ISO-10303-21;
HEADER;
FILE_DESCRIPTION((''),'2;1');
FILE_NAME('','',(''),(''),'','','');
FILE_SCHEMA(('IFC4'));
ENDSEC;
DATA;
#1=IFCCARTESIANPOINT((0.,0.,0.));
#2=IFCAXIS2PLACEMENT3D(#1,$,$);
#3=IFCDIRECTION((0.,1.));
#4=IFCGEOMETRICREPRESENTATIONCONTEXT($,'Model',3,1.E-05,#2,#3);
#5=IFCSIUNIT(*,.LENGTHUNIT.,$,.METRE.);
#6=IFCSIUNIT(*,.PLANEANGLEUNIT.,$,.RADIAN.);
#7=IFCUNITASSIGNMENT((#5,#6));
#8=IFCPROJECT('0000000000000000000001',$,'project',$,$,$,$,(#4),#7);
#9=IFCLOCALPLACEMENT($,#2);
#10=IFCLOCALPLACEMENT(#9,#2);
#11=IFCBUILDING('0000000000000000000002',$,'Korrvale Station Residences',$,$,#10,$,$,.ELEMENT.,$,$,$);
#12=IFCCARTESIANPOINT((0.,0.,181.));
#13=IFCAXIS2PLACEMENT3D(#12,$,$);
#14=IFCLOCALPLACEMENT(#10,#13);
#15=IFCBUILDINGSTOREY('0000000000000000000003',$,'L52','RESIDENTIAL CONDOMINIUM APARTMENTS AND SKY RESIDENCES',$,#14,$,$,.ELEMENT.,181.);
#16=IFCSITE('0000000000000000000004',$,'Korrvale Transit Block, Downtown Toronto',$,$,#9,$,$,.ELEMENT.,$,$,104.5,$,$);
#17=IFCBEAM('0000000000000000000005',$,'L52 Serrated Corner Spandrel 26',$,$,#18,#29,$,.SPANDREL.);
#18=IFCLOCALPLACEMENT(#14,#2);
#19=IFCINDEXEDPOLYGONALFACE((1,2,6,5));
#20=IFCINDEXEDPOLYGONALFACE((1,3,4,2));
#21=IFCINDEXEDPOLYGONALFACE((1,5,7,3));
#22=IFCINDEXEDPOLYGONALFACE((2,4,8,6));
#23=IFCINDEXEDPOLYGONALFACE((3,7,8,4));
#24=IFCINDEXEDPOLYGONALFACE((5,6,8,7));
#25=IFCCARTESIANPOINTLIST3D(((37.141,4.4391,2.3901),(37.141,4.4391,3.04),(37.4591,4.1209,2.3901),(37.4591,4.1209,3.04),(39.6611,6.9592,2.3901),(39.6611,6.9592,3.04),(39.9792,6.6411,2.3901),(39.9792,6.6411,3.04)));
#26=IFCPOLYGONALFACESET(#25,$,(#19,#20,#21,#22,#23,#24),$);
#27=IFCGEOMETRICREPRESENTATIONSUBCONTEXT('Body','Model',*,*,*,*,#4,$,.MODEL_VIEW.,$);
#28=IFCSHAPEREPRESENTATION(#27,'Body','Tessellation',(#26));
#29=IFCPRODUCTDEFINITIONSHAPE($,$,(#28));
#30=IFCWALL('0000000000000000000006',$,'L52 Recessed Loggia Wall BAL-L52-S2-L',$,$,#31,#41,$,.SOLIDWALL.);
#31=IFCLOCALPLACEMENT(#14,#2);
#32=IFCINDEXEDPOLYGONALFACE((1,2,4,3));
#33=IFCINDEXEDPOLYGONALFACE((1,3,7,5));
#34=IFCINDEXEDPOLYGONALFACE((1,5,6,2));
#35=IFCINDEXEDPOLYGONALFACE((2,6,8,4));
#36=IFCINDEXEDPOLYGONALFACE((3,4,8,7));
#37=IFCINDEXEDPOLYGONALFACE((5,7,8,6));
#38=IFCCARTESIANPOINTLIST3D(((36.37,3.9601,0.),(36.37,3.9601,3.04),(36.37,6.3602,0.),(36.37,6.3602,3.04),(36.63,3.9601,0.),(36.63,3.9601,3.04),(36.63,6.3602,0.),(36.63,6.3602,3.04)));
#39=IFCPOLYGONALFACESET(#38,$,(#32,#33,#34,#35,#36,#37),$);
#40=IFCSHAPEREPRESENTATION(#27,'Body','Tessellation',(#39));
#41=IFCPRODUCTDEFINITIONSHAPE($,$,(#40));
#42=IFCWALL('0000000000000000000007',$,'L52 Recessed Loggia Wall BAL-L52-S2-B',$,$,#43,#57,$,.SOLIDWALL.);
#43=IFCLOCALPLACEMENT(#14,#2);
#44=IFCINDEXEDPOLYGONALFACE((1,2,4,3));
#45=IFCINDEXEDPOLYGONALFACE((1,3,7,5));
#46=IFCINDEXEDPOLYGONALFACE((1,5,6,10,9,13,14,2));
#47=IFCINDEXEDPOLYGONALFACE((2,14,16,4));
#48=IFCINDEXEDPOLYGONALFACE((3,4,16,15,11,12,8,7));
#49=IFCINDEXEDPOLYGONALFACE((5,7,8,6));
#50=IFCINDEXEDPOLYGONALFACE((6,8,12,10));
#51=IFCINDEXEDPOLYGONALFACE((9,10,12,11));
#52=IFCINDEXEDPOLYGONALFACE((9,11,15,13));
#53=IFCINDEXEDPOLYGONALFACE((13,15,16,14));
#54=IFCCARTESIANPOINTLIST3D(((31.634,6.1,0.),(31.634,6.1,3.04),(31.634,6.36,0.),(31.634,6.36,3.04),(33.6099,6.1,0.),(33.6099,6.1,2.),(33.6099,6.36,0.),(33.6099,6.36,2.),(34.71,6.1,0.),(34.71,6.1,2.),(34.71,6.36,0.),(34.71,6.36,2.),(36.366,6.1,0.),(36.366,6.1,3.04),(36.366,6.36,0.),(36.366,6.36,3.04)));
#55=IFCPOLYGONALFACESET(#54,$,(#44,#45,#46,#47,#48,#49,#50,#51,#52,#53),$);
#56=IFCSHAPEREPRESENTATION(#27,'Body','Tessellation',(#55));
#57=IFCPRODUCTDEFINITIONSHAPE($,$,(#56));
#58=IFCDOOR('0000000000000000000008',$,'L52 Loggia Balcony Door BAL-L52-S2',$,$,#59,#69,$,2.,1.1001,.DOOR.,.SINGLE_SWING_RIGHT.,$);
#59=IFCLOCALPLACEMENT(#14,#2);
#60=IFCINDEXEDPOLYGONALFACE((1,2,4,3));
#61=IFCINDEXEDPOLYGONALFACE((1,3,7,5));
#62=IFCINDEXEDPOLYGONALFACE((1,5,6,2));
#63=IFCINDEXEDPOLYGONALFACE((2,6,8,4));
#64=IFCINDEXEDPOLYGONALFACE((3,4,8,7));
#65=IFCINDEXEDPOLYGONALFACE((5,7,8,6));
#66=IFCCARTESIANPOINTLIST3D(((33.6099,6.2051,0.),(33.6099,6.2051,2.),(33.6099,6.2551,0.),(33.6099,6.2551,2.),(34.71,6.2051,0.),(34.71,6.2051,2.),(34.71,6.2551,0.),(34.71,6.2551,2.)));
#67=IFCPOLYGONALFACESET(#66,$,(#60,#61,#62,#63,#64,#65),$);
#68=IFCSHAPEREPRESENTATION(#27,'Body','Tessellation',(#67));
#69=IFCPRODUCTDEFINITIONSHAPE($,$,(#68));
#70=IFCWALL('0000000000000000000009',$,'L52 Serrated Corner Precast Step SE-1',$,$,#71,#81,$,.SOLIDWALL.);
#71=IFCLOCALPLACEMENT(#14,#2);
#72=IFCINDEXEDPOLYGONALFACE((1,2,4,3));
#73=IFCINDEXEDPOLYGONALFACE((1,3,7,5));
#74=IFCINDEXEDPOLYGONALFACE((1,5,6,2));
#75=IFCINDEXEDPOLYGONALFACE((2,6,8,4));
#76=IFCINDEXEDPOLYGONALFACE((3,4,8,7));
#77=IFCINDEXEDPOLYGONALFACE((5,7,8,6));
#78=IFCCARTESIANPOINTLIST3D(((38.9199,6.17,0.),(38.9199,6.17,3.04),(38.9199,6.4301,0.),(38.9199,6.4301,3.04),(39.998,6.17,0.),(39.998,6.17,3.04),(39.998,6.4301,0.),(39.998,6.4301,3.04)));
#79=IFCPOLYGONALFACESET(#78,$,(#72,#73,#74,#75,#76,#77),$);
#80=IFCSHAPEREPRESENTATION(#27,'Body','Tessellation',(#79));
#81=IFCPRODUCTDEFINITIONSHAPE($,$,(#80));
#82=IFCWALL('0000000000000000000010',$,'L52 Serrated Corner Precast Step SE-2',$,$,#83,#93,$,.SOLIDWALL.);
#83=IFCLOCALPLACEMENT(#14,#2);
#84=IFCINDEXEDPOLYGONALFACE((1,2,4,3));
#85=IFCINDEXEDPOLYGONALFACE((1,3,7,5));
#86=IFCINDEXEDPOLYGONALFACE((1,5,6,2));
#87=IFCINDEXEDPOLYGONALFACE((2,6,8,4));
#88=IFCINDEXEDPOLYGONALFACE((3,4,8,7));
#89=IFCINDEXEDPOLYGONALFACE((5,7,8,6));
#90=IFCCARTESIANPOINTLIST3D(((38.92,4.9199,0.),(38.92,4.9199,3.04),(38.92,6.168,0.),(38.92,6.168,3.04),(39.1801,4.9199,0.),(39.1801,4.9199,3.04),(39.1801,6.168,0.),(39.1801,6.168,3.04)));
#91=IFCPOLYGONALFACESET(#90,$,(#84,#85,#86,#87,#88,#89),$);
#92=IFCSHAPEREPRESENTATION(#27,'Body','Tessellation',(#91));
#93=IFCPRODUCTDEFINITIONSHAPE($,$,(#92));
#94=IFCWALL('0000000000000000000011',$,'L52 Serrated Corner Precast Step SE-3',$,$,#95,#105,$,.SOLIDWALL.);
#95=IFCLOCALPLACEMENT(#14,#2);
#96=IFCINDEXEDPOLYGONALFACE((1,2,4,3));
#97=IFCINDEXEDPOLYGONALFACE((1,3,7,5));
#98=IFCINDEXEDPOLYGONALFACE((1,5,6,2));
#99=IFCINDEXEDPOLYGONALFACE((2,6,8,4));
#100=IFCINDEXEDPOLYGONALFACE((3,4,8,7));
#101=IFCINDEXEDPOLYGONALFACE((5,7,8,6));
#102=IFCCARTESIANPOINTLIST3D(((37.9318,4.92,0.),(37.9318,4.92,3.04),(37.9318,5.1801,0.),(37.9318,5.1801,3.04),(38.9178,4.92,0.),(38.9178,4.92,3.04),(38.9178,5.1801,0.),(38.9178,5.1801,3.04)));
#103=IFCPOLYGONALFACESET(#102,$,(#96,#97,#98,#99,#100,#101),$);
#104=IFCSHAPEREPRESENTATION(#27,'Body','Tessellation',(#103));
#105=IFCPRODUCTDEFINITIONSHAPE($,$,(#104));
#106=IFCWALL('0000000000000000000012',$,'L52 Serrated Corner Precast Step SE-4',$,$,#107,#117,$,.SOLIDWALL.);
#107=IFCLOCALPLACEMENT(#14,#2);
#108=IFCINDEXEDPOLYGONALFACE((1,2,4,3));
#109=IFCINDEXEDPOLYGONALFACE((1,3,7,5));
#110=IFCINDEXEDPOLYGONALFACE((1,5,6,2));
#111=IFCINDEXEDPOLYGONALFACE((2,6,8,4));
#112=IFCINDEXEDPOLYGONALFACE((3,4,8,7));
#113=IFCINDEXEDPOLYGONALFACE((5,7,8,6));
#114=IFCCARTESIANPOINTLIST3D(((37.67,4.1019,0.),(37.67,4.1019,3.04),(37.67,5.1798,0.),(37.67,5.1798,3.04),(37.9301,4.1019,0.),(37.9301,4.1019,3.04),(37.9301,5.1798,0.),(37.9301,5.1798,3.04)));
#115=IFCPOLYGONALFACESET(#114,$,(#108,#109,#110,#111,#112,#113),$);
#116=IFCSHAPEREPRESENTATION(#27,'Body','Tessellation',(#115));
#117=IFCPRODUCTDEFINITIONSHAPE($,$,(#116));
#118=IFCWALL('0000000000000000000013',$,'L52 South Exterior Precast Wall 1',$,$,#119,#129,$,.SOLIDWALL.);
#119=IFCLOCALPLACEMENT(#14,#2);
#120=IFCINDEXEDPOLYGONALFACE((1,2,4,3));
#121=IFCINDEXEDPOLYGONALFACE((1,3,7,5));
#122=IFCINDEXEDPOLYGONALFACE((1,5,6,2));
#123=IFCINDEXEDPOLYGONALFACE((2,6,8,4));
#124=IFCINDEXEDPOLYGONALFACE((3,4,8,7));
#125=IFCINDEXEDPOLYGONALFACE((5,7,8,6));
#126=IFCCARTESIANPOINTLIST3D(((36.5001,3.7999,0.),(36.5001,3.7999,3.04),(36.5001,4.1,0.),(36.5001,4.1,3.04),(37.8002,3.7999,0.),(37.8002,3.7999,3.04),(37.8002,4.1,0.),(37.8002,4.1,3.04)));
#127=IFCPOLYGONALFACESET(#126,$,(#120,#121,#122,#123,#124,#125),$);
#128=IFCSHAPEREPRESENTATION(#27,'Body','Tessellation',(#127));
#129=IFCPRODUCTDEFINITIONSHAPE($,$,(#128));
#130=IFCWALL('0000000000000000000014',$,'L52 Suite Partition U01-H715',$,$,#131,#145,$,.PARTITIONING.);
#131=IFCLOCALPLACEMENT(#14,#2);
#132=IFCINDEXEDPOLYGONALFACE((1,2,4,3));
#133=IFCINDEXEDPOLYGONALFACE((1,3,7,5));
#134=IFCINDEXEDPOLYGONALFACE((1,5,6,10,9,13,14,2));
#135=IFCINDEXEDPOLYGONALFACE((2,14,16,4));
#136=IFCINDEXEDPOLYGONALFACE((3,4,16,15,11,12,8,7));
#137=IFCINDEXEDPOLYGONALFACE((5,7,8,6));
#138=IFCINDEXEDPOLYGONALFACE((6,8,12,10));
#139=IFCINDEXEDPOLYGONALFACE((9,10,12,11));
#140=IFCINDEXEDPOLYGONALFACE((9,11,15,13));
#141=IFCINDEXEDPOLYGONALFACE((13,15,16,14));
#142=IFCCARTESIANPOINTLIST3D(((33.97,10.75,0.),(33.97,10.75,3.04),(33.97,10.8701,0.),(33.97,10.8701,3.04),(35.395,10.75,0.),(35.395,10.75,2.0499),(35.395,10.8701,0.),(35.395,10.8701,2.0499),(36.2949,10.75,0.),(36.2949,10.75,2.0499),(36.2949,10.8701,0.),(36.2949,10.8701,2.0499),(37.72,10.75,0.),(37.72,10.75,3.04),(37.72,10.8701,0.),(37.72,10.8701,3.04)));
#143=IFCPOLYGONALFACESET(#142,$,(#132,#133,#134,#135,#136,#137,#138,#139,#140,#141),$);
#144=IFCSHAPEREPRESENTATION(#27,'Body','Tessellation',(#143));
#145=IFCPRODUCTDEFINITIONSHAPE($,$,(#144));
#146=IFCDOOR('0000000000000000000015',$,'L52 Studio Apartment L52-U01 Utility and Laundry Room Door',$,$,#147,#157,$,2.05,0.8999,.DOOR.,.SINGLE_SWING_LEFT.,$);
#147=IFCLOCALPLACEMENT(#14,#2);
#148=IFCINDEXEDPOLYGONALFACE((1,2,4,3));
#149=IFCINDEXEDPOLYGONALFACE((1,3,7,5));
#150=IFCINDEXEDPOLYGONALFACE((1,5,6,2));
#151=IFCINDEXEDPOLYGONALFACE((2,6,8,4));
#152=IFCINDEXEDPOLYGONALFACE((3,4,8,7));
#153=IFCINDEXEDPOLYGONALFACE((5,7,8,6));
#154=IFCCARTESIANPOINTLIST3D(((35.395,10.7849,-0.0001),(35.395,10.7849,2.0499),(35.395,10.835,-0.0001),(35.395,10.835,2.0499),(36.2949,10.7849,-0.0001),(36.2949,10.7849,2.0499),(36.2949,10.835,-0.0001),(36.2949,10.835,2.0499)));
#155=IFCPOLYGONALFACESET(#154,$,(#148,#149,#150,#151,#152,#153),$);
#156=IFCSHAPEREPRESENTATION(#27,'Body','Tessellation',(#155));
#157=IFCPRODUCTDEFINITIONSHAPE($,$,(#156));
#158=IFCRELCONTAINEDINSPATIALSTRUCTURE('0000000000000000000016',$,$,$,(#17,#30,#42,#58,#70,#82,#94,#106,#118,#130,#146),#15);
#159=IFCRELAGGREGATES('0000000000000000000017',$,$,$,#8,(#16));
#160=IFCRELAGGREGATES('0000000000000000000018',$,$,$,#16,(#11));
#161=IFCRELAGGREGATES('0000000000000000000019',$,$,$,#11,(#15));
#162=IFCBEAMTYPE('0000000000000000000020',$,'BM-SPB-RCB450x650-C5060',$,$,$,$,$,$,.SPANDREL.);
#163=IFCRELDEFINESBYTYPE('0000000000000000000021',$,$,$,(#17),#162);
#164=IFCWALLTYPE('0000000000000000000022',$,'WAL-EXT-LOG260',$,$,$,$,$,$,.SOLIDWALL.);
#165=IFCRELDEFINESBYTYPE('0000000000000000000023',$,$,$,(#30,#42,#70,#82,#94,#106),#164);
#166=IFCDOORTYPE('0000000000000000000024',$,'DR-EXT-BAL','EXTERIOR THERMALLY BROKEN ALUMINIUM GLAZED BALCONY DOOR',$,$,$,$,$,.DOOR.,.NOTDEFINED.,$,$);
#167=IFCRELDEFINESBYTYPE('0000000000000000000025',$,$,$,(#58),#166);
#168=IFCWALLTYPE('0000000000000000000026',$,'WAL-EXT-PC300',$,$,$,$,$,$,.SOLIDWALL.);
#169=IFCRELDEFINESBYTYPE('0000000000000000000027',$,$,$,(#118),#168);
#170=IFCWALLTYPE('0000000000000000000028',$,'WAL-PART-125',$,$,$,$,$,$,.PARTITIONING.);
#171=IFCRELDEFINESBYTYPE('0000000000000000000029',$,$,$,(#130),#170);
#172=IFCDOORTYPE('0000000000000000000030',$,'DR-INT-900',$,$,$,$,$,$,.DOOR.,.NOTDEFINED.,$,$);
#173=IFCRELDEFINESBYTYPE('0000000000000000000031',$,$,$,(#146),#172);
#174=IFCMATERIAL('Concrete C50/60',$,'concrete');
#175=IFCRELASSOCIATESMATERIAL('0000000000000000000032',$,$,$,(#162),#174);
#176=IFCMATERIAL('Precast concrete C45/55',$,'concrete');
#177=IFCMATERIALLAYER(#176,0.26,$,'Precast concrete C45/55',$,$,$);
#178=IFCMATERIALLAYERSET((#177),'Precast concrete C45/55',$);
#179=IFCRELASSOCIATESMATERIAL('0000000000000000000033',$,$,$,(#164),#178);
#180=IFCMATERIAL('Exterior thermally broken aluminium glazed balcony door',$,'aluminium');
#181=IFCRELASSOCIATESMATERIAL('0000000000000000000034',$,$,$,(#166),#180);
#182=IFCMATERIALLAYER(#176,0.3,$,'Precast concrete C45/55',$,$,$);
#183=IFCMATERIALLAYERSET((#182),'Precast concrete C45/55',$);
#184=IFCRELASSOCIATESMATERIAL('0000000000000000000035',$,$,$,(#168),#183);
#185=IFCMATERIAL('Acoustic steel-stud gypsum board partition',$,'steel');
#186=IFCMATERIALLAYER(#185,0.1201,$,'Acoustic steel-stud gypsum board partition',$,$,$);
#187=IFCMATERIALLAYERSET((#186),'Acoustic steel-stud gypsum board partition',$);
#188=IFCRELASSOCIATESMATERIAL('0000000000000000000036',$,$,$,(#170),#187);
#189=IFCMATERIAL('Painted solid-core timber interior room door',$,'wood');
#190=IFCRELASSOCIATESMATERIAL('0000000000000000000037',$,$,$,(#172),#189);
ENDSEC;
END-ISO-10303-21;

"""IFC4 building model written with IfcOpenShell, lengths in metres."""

from ifc_helpers import new_model, si_unit, direction, frame, frame_2d, origin, origin_2d, place, context, subcontext, project, spatial, rectangle, extrude, material, layer, layer_set, material_profile, profile_set, type_object, element, fill, save


model = new_model("IFC4")

# Units and contexts
model_context = context("Model", 3, precision=1e-05, world=origin(), true_north=direction((0.0, 1.0)))
body_context = subcontext(model_context, "Body", "Model", "MODEL_VIEW")
ifc_project = project(units=[si_unit("LENGTHUNIT", "METRE"), si_unit("PLANEANGLEUNIT", "RADIAN")], contexts=[model_context])

# Site, building, storey
site_placement = place(None, origin())
site = spatial("IfcSite", under=ifc_project, at=site_placement, Name="Korrvale Transit Block, Downtown Toronto", CompositionType="ELEMENT", RefElevation=104.5)
building_placement = place(site_placement, origin())
building = spatial("IfcBuilding", under=site, at=building_placement, Name="Korrvale Station Residences", CompositionType="ELEMENT")
storey_placement = place(building_placement, frame((0.0, 0.0, 181.0)))
storey = spatial("IfcBuildingStorey", under=building, at=storey_placement, Name="L52", Description="RESIDENTIAL CONDOMINIUM APARTMENTS AND SKY RESIDENCES", CompositionType="ELEMENT", Elevation=181.0)

# Shared definitions
ifc_material_1 = material(Name="Concrete C50/60", Category="concrete")

# Beam
ifc_material_profile_1 = material_profile(ifc_material_1, rectangle(XDim=0.45, YDim=0.6499, at=origin_2d()), Name="RCB450x650")
ifc_profile_set_1 = profile_set([ifc_material_profile_1], Name="Concrete C50/60")
beam_type_1 = type_object("IfcBeamType", Name="BM-SPB-RCB450x650-C5060", PredefinedType="SPANDREL", material=ifc_profile_set_1)
beam_1_placement = place(storey_placement, frame((37.3, 4.28, 2.7151), z_axis=(0.707107, 0.707107, 0.0), x_axis=(-0.707107, 0.707107, 0.0)))
element("IfcBeam", 1, at=beam_1_placement, inside=storey, type_object=beam_type_1, Name="L52 Serrated Corner Spandrel 26", PredefinedType="SPANDREL", context=body_context, shape_type="SweptSolid", body=[
    extrude(rectangle(XDim=0.45, YDim=0.6499, at=origin_2d()), origin(), (0.0, 0.0, 1.0), 3.564),
])

# Wall
ifc_material_2 = material(Name="Precast concrete C45/55", Category="concrete")
ifc_layer_1 = layer(ifc_material_2, 0.26, Name="Precast concrete C45/55")
ifc_layer_set_1 = layer_set([ifc_layer_1], Name="Precast concrete C45/55")
wall_type_1 = type_object("IfcWallType", Name="WAL-EXT-LOG260", PredefinedType="SOLIDWALL", material=ifc_layer_set_1)
wall_1_placement = place(storey_placement, frame((36.5, 3.96, 0.0), z_axis=(0.0, 0.0, 1.0), x_axis=(0.0, 1.0, 0.0)))
element("IfcWall", 2, at=wall_1_placement, inside=storey, type_object=wall_type_1, Name="L52 Recessed Loggia Wall BAL-L52-S2-L", PredefinedType="SOLIDWALL", context=body_context, shape_type="SweptSolid", body=[
    extrude(rectangle(XDim=2.4001, YDim=0.26, at=frame_2d((1.2002, 0.0))), origin(), (0.0, 0.0, 1.0), 3.04),
])

# Wall, opening, door
wall_2_placement = place(storey_placement, frame((36.366, 6.23, 0.0), z_axis=(0.0, 0.0, 1.0), x_axis=(-1.0, 0.0, 0.0)))
wall_2 = element("IfcWall", 3, at=wall_2_placement, inside=storey, type_object=wall_type_1, Name="L52 Recessed Loggia Wall BAL-L52-S2-B", PredefinedType="SOLIDWALL", context=body_context, shape_type="SweptSolid", body=[
    extrude(rectangle(XDim=4.7319, YDim=0.26, at=frame_2d((2.366, 0.0))), origin(), (0.0, 0.0, 1.0), 3.04),
])
opening_1_placement = place(wall_2_placement, frame((1.656, 0.0, 0.0)))
opening_1 = element("IfcOpeningElement", 4, at=opening_1_placement, cuts=wall_2, PredefinedType="OPENING", context=body_context, shape_type="SweptSolid", body=[
    extrude(rectangle(XDim=1.1001, YDim=2.0, at=frame_2d((0.55, 1.0))), frame((0.0, 0.1401, 0.0), z_axis=(0.0, -1.0, 0.0), x_axis=(1.0, 0.0, 0.0)), (0.0, 0.0, 1.0), 0.28),
])
ifc_material_3 = material(Name="Exterior thermally broken aluminium glazed balcony door", Category="aluminium")
door_type_1 = type_object("IfcDoorType", Name="DR-EXT-BAL", Description="EXTERIOR THERMALLY BROKEN ALUMINIUM GLAZED BALCONY DOOR", OperationType="NOTDEFINED", PredefinedType="DOOR", material=ifc_material_3)
door_1_placement = place(opening_1_placement, origin())
door_1 = element("IfcDoor", 5, at=door_1_placement, inside=storey, type_object=door_type_1, Name="L52 Loggia Balcony Door BAL-L52-S2", OperationType="SINGLE_SWING_RIGHT", OverallHeight=2.0, OverallWidth=1.1001, PredefinedType="DOOR", context=body_context, shape_type="SweptSolid", body=[
    extrude(rectangle(XDim=1.1001, YDim=2.0, at=frame_2d((0.55, 1.0))), frame((0.0, 0.0249, 0.0), z_axis=(0.0, -1.0, 0.0), x_axis=(1.0, 0.0, 0.0)), (0.0, 0.0, 1.0), 0.05),
])
fill(opening_1, door_1)

# Walls
wall_3_placement = place(storey_placement, frame((39.998, 6.3, 0.0), z_axis=(0.0, 0.0, 1.0), x_axis=(-1.0, 0.0, 0.0)))
element("IfcWall", 6, at=wall_3_placement, inside=storey, type_object=wall_type_1, Name="L52 Serrated Corner Precast Step SE-1", PredefinedType="SOLIDWALL", context=body_context, shape_type="SweptSolid", body=[
    extrude(rectangle(XDim=1.0781, YDim=0.26, at=frame_2d((0.5391, 0.0))), origin(), (0.0, 0.0, 1.0), 3.04),
])
wall_4_placement = place(storey_placement, frame((39.05, 6.168, 0.0), z_axis=(0.0, 0.0, 1.0), x_axis=(0.0, -1.0, 0.0)))
element("IfcWall", 7, at=wall_4_placement, inside=storey, type_object=wall_type_1, Name="L52 Serrated Corner Precast Step SE-2", PredefinedType="SOLIDWALL", context=body_context, shape_type="SweptSolid", body=[
    extrude(rectangle(XDim=1.248, YDim=0.26, at=frame_2d((0.624, 0.0))), origin(), (0.0, 0.0, 1.0), 3.04),
])
wall_5_placement = place(storey_placement, frame((38.918, 5.05, 0.0), z_axis=(0.0, 0.0, 1.0), x_axis=(-1.0, 0.0, 0.0)))
element("IfcWall", 8, at=wall_5_placement, inside=storey, type_object=wall_type_1, Name="L52 Serrated Corner Precast Step SE-3", PredefinedType="SOLIDWALL", context=body_context, shape_type="SweptSolid", body=[
    extrude(rectangle(XDim=0.9861, YDim=0.26, at=frame_2d((0.4932, 0.0))), origin(), (0.0, 0.0, 1.0), 3.04),
])
wall_6_placement = place(storey_placement, frame((37.8, 5.1799, 0.0), z_axis=(0.0, 0.0, 1.0), x_axis=(0.0, -1.0, 0.0)))
element("IfcWall", 9, at=wall_6_placement, inside=storey, type_object=wall_type_1, Name="L52 Serrated Corner Precast Step SE-4", PredefinedType="SOLIDWALL", context=body_context, shape_type="SweptSolid", body=[
    extrude(rectangle(XDim=1.0779, YDim=0.26, at=frame_2d((0.5391, 0.0))), origin(), (0.0, 0.0, 1.0), 3.04),
])
ifc_layer_2 = layer(ifc_material_2, 0.3, Name="Precast concrete C45/55")
ifc_layer_set_2 = layer_set([ifc_layer_2], Name="Precast concrete C45/55")
wall_type_2 = type_object("IfcWallType", Name="WAL-EXT-PC300", PredefinedType="SOLIDWALL", material=ifc_layer_set_2)
wall_7_placement = place(storey_placement, frame((37.8, 3.95, 0.0), z_axis=(0.0, 0.0, 1.0), x_axis=(-1.0, 0.0, 0.0)))
element("IfcWall", 10, at=wall_7_placement, inside=storey, type_object=wall_type_2, Name="L52 South Exterior Precast Wall 1", PredefinedType="SOLIDWALL", context=body_context, shape_type="SweptSolid", body=[
    extrude(rectangle(XDim=1.3, YDim=0.3, at=frame_2d((0.6499, 0.0))), origin(), (0.0, 0.0, 1.0), 3.04),
])

# Wall, opening, door
ifc_material_4 = material(Name="Acoustic steel-stud gypsum board partition", Category="steel")
ifc_layer_3 = layer(ifc_material_4, 0.1201, Name="Acoustic steel-stud gypsum board partition")
ifc_layer_set_3 = layer_set([ifc_layer_3], Name="Acoustic steel-stud gypsum board partition")
wall_type_3 = type_object("IfcWallType", Name="WAL-PART-125", PredefinedType="PARTITIONING", material=ifc_layer_set_3)
wall_8_placement = place(storey_placement, frame((33.97, 10.8101, 0.0), z_axis=(0.0, 0.0, 1.0), x_axis=(1.0, 0.0, 0.0)))
wall_8 = element("IfcWall", 11, at=wall_8_placement, inside=storey, type_object=wall_type_3, Name="L52 Suite Partition U01-H715", PredefinedType="PARTITIONING", context=body_context, shape_type="SweptSolid", body=[
    extrude(rectangle(XDim=3.75, YDim=0.1201, at=frame_2d((1.875, 0.0))), origin(), (0.0, 0.0, 1.0), 3.04),
])
opening_2_placement = place(wall_8_placement, frame((1.425, 0.0, 0.0)))
opening_2 = element("IfcOpeningElement", 12, at=opening_2_placement, cuts=wall_8, PredefinedType="OPENING", context=body_context, shape_type="SweptSolid", body=[
    extrude(rectangle(XDim=0.8999, YDim=2.05, at=frame_2d((0.45, 1.0249))), frame((0.0, 0.0701, 0.0), z_axis=(0.0, -1.0, 0.0), x_axis=(1.0, 0.0, 0.0)), (0.0, 0.0, 1.0), 0.1401),
])
ifc_material_5 = material(Name="Painted solid-core timber interior room door", Category="wood")
door_type_2 = type_object("IfcDoorType", Name="DR-INT-900", OperationType="NOTDEFINED", PredefinedType="DOOR", material=ifc_material_5)
door_2_placement = place(opening_2_placement, origin())
door_2 = element("IfcDoor", 13, at=door_2_placement, inside=storey, type_object=door_type_2, Name="L52 Studio Apartment L52-U01 Utility and Laundry Room Door", OperationType="SINGLE_SWING_LEFT", OverallHeight=2.05, OverallWidth=0.8999, PredefinedType="DOOR", context=body_context, shape_type="SweptSolid", body=[
    extrude(rectangle(XDim=0.8999, YDim=2.05, at=frame_2d((0.45, 1.0249))), frame((0.0, 0.0249, 0.0), z_axis=(0.0, -1.0, 0.0), x_axis=(1.0, 0.0, 0.0)), (0.0, 0.0, 1.0), 0.05),
])
fill(opening_2, door_2)

save(model, "model.ifc")
